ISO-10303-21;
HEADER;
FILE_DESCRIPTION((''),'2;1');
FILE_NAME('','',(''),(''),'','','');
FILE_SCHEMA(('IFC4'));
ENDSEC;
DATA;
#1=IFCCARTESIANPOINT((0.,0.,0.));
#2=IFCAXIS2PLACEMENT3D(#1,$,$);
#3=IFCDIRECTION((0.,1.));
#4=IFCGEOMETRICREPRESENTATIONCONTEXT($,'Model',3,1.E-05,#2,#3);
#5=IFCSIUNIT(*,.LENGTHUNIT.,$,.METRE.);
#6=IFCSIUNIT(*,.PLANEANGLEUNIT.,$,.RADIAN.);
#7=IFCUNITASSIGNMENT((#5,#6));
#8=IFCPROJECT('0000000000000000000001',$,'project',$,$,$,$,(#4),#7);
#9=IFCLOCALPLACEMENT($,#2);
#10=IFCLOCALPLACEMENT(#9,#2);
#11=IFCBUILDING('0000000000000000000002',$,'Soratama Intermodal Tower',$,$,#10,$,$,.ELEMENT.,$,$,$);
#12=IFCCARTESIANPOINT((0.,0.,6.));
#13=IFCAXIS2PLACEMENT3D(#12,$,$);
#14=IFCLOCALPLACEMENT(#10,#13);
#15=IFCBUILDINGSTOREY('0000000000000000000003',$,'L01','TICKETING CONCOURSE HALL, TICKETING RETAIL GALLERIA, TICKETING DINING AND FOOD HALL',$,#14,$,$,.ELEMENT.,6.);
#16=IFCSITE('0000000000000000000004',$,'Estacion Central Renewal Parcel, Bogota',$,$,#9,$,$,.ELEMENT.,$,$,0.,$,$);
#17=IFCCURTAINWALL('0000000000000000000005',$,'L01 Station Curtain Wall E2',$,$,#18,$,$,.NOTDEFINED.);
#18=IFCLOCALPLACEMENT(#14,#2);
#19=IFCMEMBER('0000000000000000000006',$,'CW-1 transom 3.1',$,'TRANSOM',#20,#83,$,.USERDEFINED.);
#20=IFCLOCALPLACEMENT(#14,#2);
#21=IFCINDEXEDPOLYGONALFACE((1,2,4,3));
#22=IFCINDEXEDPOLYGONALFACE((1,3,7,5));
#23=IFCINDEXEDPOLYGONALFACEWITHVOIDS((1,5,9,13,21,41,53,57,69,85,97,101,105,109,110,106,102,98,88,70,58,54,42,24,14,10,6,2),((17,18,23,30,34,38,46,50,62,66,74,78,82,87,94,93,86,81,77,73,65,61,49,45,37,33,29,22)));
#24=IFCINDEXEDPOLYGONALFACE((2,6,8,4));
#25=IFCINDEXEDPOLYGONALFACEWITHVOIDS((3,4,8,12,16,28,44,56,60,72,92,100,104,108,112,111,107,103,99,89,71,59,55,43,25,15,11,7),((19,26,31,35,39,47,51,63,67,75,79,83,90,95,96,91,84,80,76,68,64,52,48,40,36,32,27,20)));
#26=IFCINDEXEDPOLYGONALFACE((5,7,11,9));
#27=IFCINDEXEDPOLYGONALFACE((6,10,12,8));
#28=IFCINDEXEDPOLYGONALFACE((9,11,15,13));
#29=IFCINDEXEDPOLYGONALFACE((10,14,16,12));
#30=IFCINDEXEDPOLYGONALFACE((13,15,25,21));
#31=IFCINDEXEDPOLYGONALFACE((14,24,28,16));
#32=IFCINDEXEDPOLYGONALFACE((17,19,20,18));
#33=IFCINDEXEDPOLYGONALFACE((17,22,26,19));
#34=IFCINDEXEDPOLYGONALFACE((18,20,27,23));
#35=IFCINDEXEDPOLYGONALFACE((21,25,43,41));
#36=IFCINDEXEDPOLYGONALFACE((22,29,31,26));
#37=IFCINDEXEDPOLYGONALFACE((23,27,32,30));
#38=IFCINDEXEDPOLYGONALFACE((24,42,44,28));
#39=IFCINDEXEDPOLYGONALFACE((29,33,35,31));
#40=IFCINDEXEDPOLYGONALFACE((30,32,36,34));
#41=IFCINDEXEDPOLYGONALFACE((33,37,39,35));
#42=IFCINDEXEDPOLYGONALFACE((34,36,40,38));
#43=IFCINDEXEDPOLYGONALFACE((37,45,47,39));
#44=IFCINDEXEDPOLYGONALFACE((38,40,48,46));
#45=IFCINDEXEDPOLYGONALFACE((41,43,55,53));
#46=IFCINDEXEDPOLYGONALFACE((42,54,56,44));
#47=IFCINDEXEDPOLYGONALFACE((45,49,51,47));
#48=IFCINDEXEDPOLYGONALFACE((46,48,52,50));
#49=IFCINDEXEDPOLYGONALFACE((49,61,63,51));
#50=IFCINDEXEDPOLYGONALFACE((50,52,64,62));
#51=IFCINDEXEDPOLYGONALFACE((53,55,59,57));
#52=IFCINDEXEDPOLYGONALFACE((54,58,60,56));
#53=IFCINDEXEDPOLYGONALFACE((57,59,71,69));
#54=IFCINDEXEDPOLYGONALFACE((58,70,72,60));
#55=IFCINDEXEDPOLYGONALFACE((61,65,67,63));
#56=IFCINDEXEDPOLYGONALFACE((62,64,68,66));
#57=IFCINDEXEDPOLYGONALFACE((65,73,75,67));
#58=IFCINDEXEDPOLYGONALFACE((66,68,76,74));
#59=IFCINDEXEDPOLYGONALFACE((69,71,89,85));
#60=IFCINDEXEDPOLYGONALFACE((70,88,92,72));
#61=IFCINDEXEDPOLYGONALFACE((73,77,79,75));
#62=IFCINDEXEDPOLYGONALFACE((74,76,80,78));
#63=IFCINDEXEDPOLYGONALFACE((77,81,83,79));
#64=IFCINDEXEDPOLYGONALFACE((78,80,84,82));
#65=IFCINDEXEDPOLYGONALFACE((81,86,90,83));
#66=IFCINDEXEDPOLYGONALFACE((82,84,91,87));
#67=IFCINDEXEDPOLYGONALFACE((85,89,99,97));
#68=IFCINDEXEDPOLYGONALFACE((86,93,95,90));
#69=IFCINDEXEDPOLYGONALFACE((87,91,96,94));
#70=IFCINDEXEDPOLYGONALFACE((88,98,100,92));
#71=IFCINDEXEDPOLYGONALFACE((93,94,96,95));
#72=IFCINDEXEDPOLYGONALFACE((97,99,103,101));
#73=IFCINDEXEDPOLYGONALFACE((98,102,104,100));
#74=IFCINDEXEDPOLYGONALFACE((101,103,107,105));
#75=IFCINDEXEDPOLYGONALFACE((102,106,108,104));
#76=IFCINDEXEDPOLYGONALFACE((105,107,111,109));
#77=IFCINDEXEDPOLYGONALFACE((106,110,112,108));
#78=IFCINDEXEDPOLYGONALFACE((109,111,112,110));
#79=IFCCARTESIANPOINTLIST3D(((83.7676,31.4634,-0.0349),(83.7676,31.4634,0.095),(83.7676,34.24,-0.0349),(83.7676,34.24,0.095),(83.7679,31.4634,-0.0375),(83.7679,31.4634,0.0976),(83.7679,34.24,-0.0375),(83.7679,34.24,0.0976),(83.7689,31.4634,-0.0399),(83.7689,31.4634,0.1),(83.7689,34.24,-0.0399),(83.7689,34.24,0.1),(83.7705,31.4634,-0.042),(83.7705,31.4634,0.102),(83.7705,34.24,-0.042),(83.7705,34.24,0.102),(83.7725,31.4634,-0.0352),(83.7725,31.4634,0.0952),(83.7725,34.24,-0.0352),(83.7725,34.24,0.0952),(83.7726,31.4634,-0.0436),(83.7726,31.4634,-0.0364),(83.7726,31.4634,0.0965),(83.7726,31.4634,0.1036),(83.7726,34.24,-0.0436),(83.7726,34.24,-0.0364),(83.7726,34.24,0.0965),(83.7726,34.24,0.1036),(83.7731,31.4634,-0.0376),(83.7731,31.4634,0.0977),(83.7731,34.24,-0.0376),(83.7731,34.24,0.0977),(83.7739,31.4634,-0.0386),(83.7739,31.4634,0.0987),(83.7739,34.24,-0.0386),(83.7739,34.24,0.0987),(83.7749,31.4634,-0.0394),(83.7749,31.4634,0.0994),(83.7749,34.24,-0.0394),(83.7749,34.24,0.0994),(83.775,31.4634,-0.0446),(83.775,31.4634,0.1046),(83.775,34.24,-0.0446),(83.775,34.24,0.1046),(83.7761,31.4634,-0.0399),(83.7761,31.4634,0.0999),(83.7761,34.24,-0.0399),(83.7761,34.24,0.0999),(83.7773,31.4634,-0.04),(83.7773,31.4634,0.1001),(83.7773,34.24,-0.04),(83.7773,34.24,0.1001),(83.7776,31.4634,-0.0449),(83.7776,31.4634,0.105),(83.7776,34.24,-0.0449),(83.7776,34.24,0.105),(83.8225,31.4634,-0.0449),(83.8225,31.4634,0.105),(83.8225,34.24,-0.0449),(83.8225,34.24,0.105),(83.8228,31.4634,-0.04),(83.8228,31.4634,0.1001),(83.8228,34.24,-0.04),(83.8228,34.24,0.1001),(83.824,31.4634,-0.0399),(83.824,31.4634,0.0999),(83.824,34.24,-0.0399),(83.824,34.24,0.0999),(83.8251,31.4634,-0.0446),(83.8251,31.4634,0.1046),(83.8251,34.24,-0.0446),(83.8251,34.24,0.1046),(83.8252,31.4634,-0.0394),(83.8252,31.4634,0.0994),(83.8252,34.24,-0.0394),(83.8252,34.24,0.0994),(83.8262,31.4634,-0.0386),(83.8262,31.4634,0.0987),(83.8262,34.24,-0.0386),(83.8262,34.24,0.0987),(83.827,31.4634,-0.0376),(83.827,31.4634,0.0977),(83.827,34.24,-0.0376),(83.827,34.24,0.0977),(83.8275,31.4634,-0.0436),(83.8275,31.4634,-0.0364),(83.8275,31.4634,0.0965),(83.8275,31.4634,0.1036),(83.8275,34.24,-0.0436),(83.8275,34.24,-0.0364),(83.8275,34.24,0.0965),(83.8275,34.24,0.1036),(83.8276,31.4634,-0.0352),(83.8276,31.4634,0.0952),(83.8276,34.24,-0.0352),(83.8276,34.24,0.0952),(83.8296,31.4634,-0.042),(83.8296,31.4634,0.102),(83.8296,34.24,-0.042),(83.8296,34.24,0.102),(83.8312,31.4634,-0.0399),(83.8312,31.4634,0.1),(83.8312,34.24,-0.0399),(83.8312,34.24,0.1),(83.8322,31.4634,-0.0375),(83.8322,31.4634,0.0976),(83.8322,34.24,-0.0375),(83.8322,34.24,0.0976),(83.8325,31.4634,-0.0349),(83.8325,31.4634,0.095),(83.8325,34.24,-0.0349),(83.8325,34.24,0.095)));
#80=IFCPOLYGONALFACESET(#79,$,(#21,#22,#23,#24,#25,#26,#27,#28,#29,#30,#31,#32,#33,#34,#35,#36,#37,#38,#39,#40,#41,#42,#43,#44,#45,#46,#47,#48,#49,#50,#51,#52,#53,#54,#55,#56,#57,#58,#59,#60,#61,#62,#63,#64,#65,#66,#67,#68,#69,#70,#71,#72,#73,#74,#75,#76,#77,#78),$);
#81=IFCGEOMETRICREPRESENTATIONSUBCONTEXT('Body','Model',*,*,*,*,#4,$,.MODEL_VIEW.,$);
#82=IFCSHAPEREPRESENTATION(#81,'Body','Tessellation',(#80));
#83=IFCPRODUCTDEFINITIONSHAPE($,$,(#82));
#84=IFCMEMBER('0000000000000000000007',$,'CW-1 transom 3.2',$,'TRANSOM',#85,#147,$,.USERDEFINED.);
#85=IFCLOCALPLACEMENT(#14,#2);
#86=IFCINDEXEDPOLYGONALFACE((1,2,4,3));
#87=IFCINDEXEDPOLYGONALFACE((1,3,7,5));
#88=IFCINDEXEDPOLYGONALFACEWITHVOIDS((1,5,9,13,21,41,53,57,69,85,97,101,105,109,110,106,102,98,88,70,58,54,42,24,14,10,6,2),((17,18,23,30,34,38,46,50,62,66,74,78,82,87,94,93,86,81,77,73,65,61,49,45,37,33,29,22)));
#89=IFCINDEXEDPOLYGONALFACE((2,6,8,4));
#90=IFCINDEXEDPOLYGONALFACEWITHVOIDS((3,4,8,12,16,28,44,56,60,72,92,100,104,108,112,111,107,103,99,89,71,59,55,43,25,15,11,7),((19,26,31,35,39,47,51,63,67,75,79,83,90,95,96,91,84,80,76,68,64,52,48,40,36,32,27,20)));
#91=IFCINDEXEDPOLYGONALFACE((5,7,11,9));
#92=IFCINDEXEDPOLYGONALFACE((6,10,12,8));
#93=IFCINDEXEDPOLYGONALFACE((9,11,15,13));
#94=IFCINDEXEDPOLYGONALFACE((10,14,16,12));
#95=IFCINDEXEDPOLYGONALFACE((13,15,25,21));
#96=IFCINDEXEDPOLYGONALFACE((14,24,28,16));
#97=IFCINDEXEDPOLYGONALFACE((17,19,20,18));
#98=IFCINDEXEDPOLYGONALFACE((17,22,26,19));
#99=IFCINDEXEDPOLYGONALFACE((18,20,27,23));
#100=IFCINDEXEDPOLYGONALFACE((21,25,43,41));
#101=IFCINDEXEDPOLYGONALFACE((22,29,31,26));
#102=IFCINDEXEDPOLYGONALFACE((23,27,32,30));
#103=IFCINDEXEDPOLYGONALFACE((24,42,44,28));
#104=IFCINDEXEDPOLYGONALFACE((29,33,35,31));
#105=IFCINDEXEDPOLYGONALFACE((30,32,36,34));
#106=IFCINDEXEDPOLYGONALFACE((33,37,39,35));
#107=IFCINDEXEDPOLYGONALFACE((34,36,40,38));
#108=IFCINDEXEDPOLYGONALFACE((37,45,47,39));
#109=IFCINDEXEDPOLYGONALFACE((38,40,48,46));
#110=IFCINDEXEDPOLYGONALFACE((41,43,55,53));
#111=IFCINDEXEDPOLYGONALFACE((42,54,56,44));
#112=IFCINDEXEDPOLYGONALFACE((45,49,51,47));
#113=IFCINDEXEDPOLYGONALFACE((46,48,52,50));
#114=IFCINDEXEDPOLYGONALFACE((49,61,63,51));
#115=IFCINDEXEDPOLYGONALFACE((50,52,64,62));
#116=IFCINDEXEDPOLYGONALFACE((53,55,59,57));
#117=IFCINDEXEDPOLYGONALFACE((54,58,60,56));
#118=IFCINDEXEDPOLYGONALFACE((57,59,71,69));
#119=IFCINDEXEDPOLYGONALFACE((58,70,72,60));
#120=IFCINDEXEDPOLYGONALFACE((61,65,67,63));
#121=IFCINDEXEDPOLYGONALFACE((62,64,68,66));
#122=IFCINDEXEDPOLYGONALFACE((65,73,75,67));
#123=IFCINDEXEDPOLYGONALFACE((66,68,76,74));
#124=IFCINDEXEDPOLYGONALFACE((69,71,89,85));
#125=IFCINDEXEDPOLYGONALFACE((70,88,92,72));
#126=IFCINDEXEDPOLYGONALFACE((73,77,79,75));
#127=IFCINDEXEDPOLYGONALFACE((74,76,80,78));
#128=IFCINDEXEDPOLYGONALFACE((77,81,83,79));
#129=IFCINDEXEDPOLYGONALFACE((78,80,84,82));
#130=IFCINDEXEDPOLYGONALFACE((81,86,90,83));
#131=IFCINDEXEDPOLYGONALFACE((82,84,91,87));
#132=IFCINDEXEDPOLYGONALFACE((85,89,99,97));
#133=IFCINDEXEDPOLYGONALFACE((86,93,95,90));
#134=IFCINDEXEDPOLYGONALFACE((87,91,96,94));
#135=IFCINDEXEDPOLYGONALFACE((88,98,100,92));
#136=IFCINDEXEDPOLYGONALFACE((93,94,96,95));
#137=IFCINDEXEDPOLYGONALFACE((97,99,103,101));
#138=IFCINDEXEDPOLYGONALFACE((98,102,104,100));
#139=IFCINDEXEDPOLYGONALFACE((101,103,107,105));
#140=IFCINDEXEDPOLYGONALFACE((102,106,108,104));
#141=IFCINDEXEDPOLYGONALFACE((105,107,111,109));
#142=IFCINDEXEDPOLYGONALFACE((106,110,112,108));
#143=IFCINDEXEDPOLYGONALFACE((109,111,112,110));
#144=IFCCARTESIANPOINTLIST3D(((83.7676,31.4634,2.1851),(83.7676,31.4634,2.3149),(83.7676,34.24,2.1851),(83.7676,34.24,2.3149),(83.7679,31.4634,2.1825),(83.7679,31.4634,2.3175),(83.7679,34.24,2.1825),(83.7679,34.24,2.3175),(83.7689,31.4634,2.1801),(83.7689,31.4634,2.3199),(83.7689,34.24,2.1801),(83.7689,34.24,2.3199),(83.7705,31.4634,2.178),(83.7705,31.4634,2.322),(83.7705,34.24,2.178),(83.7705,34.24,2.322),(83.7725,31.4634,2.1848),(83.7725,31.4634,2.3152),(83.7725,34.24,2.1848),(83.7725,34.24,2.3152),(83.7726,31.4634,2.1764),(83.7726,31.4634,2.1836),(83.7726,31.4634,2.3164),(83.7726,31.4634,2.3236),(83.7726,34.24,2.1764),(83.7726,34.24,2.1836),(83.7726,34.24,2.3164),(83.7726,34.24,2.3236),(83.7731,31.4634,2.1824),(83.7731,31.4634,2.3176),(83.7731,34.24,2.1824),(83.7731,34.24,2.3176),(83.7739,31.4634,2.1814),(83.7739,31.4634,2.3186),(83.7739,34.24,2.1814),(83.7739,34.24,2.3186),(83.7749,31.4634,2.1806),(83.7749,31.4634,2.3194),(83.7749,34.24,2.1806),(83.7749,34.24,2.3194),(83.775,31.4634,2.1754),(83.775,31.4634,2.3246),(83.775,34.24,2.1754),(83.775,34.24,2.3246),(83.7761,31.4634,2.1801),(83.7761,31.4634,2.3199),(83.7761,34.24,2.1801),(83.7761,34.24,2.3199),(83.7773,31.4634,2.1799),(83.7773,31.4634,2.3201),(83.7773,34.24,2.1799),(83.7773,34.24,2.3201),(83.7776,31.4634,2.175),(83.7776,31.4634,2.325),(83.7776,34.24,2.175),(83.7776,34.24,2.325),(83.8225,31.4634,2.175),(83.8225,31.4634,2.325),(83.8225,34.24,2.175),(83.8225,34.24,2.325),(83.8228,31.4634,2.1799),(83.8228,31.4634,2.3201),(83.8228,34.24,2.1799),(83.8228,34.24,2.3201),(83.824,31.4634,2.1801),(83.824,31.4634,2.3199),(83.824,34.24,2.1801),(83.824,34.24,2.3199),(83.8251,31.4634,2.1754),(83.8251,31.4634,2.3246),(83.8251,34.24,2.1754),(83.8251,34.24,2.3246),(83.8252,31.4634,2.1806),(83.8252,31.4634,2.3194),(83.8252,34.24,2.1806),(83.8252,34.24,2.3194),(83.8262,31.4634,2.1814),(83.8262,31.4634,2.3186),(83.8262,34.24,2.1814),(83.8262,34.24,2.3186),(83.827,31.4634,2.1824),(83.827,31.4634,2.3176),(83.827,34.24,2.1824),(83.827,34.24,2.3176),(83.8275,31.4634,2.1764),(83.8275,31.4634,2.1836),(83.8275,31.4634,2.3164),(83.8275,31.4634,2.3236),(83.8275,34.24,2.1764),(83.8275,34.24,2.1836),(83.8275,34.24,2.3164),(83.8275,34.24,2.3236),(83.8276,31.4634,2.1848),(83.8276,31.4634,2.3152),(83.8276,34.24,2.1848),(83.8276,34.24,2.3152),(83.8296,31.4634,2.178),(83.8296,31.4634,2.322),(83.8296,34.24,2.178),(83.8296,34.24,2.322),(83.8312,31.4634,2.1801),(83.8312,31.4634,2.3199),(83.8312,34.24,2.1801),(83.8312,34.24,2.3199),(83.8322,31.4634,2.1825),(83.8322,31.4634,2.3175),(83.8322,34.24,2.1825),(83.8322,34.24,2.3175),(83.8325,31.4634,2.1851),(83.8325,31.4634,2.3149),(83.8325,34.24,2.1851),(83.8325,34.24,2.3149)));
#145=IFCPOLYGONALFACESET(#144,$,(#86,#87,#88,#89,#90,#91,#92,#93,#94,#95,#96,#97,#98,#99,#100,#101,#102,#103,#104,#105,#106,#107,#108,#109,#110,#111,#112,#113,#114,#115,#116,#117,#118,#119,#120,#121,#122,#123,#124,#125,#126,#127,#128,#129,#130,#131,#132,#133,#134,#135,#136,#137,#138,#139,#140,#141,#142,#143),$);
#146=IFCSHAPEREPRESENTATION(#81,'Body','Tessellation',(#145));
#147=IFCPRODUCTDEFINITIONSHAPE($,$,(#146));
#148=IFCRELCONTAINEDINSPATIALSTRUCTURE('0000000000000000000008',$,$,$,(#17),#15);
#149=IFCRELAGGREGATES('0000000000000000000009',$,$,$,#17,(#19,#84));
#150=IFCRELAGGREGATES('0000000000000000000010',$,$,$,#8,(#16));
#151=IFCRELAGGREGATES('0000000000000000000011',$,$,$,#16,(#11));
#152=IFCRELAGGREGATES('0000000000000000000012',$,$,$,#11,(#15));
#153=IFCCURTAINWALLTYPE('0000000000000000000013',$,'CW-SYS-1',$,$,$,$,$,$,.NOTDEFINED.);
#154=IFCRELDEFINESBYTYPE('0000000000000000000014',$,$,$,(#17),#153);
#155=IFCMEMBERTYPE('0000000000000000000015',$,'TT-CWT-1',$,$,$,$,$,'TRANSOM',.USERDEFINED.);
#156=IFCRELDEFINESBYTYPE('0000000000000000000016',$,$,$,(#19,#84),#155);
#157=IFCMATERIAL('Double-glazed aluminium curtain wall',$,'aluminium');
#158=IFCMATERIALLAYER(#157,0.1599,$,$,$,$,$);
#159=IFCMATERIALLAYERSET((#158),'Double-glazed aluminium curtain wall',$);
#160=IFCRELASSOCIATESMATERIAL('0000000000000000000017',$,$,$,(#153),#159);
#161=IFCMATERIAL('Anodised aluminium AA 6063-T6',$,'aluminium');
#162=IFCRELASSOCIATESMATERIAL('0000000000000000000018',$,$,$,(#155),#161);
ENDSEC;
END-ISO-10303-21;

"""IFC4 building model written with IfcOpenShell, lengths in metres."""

from ifc_helpers import new_model, si_unit, direction, frame, origin, origin_2d, place, context, subcontext, project, spatial, hollow_rectangle, extrude, material, layer, layer_set, material_profile, profile_set, type_object, element, aggregate, save


model = new_model("IFC4")

# Units and contexts
model_context = context("Model", 3, precision=1e-05, world=origin(), true_north=direction((0.0, 1.0)))
body_context = subcontext(model_context, "Body", "Model", "MODEL_VIEW")
ifc_project = project(units=[si_unit("LENGTHUNIT", "METRE"), si_unit("PLANEANGLEUNIT", "RADIAN")], contexts=[model_context])

# Site, building, storey
site_placement = place(None, origin())
site = spatial("IfcSite", under=ifc_project, at=site_placement, Name="Estacion Central Renewal Parcel, Bogota", CompositionType="ELEMENT", RefElevation=0.0)
building_placement = place(site_placement, origin())
building = spatial("IfcBuilding", under=site, at=building_placement, Name="Soratama Intermodal Tower", CompositionType="ELEMENT")
storey_placement = place(building_placement, frame((0.0, 0.0, 6.0)))
storey = spatial("IfcBuildingStorey", under=building, at=storey_placement, Name="L01", Description="TICKETING CONCOURSE HALL, TICKETING RETAIL GALLERIA, TICKETING DINING AND FOOD HALL", CompositionType="ELEMENT", Elevation=6.0)

# Curtain wall, members
ifc_material_1 = material(Name="Double-glazed aluminium curtain wall", Category="aluminium")
ifc_layer_1 = layer(ifc_material_1, 0.1599)
ifc_layer_set_1 = layer_set([ifc_layer_1], Name="Double-glazed aluminium curtain wall")
curtain_wall_type = type_object("IfcCurtainWallType", Name="CW-SYS-1", PredefinedType="NOTDEFINED", material=ifc_layer_set_1)
curtain_wall_placement = place(storey_placement, origin())
curtain_wall = element("IfcCurtainWall", 1, at=curtain_wall_placement, inside=storey, type_object=curtain_wall_type, Name="L01 Station Curtain Wall E2", PredefinedType="NOTDEFINED")
ifc_material_2 = material(Name="Anodised aluminium AA 6063-T6", Category="aluminium")
ifc_material_profile_1 = material_profile(ifc_material_2, hollow_rectangle(XDim=0.0649, YDim=0.1499, WallThickness=0.0049, InnerFilletRadius=0.0049, OuterFilletRadius=0.01, at=origin_2d()), Name="CWT150X65X5")
ifc_profile_set_1 = profile_set([ifc_material_profile_1], Name="Anodised aluminium AA 6063-T6")
member_type_1 = type_object("IfcMemberType", Name="TT-CWT-1", ElementType="TRANSOM", PredefinedType="USERDEFINED", material=ifc_profile_set_1)
member_1_placement = place(storey_placement, frame((83.8, 31.4634, 0.03), z_axis=(0.0, 1.0, 0.0), x_axis=(-1.0, 0.0, 0.0)))
member_1 = element("IfcMember", 2, at=member_1_placement, type_object=member_type_1, Name="CW-1 transom 3.1", ObjectType="TRANSOM", PredefinedType="USERDEFINED", context=body_context, shape_type="SweptSolid", body=[
    extrude(hollow_rectangle(XDim=0.0649, YDim=0.1499, WallThickness=0.0049, InnerFilletRadius=0.0049, OuterFilletRadius=0.01, at=origin_2d()), origin(), (0.0, 0.0, 1.0), 2.7766),
])
member_2_placement = place(storey_placement, frame((83.8, 31.4634, 2.25), z_axis=(0.0, 1.0, 0.0), x_axis=(-1.0, 0.0, 0.0)))
member_2 = element("IfcMember", 3, at=member_2_placement, type_object=member_type_1, Name="CW-1 transom 3.2", ObjectType="TRANSOM", PredefinedType="USERDEFINED", context=body_context, shape_type="SweptSolid", body=[
    extrude(hollow_rectangle(XDim=0.0649, YDim=0.1499, WallThickness=0.0049, InnerFilletRadius=0.0049, OuterFilletRadius=0.01, at=origin_2d()), origin(), (0.0, 0.0, 1.0), 2.7766),
])
aggregate(curtain_wall, [member_1, member_2])

save(model, "model.ifc")
